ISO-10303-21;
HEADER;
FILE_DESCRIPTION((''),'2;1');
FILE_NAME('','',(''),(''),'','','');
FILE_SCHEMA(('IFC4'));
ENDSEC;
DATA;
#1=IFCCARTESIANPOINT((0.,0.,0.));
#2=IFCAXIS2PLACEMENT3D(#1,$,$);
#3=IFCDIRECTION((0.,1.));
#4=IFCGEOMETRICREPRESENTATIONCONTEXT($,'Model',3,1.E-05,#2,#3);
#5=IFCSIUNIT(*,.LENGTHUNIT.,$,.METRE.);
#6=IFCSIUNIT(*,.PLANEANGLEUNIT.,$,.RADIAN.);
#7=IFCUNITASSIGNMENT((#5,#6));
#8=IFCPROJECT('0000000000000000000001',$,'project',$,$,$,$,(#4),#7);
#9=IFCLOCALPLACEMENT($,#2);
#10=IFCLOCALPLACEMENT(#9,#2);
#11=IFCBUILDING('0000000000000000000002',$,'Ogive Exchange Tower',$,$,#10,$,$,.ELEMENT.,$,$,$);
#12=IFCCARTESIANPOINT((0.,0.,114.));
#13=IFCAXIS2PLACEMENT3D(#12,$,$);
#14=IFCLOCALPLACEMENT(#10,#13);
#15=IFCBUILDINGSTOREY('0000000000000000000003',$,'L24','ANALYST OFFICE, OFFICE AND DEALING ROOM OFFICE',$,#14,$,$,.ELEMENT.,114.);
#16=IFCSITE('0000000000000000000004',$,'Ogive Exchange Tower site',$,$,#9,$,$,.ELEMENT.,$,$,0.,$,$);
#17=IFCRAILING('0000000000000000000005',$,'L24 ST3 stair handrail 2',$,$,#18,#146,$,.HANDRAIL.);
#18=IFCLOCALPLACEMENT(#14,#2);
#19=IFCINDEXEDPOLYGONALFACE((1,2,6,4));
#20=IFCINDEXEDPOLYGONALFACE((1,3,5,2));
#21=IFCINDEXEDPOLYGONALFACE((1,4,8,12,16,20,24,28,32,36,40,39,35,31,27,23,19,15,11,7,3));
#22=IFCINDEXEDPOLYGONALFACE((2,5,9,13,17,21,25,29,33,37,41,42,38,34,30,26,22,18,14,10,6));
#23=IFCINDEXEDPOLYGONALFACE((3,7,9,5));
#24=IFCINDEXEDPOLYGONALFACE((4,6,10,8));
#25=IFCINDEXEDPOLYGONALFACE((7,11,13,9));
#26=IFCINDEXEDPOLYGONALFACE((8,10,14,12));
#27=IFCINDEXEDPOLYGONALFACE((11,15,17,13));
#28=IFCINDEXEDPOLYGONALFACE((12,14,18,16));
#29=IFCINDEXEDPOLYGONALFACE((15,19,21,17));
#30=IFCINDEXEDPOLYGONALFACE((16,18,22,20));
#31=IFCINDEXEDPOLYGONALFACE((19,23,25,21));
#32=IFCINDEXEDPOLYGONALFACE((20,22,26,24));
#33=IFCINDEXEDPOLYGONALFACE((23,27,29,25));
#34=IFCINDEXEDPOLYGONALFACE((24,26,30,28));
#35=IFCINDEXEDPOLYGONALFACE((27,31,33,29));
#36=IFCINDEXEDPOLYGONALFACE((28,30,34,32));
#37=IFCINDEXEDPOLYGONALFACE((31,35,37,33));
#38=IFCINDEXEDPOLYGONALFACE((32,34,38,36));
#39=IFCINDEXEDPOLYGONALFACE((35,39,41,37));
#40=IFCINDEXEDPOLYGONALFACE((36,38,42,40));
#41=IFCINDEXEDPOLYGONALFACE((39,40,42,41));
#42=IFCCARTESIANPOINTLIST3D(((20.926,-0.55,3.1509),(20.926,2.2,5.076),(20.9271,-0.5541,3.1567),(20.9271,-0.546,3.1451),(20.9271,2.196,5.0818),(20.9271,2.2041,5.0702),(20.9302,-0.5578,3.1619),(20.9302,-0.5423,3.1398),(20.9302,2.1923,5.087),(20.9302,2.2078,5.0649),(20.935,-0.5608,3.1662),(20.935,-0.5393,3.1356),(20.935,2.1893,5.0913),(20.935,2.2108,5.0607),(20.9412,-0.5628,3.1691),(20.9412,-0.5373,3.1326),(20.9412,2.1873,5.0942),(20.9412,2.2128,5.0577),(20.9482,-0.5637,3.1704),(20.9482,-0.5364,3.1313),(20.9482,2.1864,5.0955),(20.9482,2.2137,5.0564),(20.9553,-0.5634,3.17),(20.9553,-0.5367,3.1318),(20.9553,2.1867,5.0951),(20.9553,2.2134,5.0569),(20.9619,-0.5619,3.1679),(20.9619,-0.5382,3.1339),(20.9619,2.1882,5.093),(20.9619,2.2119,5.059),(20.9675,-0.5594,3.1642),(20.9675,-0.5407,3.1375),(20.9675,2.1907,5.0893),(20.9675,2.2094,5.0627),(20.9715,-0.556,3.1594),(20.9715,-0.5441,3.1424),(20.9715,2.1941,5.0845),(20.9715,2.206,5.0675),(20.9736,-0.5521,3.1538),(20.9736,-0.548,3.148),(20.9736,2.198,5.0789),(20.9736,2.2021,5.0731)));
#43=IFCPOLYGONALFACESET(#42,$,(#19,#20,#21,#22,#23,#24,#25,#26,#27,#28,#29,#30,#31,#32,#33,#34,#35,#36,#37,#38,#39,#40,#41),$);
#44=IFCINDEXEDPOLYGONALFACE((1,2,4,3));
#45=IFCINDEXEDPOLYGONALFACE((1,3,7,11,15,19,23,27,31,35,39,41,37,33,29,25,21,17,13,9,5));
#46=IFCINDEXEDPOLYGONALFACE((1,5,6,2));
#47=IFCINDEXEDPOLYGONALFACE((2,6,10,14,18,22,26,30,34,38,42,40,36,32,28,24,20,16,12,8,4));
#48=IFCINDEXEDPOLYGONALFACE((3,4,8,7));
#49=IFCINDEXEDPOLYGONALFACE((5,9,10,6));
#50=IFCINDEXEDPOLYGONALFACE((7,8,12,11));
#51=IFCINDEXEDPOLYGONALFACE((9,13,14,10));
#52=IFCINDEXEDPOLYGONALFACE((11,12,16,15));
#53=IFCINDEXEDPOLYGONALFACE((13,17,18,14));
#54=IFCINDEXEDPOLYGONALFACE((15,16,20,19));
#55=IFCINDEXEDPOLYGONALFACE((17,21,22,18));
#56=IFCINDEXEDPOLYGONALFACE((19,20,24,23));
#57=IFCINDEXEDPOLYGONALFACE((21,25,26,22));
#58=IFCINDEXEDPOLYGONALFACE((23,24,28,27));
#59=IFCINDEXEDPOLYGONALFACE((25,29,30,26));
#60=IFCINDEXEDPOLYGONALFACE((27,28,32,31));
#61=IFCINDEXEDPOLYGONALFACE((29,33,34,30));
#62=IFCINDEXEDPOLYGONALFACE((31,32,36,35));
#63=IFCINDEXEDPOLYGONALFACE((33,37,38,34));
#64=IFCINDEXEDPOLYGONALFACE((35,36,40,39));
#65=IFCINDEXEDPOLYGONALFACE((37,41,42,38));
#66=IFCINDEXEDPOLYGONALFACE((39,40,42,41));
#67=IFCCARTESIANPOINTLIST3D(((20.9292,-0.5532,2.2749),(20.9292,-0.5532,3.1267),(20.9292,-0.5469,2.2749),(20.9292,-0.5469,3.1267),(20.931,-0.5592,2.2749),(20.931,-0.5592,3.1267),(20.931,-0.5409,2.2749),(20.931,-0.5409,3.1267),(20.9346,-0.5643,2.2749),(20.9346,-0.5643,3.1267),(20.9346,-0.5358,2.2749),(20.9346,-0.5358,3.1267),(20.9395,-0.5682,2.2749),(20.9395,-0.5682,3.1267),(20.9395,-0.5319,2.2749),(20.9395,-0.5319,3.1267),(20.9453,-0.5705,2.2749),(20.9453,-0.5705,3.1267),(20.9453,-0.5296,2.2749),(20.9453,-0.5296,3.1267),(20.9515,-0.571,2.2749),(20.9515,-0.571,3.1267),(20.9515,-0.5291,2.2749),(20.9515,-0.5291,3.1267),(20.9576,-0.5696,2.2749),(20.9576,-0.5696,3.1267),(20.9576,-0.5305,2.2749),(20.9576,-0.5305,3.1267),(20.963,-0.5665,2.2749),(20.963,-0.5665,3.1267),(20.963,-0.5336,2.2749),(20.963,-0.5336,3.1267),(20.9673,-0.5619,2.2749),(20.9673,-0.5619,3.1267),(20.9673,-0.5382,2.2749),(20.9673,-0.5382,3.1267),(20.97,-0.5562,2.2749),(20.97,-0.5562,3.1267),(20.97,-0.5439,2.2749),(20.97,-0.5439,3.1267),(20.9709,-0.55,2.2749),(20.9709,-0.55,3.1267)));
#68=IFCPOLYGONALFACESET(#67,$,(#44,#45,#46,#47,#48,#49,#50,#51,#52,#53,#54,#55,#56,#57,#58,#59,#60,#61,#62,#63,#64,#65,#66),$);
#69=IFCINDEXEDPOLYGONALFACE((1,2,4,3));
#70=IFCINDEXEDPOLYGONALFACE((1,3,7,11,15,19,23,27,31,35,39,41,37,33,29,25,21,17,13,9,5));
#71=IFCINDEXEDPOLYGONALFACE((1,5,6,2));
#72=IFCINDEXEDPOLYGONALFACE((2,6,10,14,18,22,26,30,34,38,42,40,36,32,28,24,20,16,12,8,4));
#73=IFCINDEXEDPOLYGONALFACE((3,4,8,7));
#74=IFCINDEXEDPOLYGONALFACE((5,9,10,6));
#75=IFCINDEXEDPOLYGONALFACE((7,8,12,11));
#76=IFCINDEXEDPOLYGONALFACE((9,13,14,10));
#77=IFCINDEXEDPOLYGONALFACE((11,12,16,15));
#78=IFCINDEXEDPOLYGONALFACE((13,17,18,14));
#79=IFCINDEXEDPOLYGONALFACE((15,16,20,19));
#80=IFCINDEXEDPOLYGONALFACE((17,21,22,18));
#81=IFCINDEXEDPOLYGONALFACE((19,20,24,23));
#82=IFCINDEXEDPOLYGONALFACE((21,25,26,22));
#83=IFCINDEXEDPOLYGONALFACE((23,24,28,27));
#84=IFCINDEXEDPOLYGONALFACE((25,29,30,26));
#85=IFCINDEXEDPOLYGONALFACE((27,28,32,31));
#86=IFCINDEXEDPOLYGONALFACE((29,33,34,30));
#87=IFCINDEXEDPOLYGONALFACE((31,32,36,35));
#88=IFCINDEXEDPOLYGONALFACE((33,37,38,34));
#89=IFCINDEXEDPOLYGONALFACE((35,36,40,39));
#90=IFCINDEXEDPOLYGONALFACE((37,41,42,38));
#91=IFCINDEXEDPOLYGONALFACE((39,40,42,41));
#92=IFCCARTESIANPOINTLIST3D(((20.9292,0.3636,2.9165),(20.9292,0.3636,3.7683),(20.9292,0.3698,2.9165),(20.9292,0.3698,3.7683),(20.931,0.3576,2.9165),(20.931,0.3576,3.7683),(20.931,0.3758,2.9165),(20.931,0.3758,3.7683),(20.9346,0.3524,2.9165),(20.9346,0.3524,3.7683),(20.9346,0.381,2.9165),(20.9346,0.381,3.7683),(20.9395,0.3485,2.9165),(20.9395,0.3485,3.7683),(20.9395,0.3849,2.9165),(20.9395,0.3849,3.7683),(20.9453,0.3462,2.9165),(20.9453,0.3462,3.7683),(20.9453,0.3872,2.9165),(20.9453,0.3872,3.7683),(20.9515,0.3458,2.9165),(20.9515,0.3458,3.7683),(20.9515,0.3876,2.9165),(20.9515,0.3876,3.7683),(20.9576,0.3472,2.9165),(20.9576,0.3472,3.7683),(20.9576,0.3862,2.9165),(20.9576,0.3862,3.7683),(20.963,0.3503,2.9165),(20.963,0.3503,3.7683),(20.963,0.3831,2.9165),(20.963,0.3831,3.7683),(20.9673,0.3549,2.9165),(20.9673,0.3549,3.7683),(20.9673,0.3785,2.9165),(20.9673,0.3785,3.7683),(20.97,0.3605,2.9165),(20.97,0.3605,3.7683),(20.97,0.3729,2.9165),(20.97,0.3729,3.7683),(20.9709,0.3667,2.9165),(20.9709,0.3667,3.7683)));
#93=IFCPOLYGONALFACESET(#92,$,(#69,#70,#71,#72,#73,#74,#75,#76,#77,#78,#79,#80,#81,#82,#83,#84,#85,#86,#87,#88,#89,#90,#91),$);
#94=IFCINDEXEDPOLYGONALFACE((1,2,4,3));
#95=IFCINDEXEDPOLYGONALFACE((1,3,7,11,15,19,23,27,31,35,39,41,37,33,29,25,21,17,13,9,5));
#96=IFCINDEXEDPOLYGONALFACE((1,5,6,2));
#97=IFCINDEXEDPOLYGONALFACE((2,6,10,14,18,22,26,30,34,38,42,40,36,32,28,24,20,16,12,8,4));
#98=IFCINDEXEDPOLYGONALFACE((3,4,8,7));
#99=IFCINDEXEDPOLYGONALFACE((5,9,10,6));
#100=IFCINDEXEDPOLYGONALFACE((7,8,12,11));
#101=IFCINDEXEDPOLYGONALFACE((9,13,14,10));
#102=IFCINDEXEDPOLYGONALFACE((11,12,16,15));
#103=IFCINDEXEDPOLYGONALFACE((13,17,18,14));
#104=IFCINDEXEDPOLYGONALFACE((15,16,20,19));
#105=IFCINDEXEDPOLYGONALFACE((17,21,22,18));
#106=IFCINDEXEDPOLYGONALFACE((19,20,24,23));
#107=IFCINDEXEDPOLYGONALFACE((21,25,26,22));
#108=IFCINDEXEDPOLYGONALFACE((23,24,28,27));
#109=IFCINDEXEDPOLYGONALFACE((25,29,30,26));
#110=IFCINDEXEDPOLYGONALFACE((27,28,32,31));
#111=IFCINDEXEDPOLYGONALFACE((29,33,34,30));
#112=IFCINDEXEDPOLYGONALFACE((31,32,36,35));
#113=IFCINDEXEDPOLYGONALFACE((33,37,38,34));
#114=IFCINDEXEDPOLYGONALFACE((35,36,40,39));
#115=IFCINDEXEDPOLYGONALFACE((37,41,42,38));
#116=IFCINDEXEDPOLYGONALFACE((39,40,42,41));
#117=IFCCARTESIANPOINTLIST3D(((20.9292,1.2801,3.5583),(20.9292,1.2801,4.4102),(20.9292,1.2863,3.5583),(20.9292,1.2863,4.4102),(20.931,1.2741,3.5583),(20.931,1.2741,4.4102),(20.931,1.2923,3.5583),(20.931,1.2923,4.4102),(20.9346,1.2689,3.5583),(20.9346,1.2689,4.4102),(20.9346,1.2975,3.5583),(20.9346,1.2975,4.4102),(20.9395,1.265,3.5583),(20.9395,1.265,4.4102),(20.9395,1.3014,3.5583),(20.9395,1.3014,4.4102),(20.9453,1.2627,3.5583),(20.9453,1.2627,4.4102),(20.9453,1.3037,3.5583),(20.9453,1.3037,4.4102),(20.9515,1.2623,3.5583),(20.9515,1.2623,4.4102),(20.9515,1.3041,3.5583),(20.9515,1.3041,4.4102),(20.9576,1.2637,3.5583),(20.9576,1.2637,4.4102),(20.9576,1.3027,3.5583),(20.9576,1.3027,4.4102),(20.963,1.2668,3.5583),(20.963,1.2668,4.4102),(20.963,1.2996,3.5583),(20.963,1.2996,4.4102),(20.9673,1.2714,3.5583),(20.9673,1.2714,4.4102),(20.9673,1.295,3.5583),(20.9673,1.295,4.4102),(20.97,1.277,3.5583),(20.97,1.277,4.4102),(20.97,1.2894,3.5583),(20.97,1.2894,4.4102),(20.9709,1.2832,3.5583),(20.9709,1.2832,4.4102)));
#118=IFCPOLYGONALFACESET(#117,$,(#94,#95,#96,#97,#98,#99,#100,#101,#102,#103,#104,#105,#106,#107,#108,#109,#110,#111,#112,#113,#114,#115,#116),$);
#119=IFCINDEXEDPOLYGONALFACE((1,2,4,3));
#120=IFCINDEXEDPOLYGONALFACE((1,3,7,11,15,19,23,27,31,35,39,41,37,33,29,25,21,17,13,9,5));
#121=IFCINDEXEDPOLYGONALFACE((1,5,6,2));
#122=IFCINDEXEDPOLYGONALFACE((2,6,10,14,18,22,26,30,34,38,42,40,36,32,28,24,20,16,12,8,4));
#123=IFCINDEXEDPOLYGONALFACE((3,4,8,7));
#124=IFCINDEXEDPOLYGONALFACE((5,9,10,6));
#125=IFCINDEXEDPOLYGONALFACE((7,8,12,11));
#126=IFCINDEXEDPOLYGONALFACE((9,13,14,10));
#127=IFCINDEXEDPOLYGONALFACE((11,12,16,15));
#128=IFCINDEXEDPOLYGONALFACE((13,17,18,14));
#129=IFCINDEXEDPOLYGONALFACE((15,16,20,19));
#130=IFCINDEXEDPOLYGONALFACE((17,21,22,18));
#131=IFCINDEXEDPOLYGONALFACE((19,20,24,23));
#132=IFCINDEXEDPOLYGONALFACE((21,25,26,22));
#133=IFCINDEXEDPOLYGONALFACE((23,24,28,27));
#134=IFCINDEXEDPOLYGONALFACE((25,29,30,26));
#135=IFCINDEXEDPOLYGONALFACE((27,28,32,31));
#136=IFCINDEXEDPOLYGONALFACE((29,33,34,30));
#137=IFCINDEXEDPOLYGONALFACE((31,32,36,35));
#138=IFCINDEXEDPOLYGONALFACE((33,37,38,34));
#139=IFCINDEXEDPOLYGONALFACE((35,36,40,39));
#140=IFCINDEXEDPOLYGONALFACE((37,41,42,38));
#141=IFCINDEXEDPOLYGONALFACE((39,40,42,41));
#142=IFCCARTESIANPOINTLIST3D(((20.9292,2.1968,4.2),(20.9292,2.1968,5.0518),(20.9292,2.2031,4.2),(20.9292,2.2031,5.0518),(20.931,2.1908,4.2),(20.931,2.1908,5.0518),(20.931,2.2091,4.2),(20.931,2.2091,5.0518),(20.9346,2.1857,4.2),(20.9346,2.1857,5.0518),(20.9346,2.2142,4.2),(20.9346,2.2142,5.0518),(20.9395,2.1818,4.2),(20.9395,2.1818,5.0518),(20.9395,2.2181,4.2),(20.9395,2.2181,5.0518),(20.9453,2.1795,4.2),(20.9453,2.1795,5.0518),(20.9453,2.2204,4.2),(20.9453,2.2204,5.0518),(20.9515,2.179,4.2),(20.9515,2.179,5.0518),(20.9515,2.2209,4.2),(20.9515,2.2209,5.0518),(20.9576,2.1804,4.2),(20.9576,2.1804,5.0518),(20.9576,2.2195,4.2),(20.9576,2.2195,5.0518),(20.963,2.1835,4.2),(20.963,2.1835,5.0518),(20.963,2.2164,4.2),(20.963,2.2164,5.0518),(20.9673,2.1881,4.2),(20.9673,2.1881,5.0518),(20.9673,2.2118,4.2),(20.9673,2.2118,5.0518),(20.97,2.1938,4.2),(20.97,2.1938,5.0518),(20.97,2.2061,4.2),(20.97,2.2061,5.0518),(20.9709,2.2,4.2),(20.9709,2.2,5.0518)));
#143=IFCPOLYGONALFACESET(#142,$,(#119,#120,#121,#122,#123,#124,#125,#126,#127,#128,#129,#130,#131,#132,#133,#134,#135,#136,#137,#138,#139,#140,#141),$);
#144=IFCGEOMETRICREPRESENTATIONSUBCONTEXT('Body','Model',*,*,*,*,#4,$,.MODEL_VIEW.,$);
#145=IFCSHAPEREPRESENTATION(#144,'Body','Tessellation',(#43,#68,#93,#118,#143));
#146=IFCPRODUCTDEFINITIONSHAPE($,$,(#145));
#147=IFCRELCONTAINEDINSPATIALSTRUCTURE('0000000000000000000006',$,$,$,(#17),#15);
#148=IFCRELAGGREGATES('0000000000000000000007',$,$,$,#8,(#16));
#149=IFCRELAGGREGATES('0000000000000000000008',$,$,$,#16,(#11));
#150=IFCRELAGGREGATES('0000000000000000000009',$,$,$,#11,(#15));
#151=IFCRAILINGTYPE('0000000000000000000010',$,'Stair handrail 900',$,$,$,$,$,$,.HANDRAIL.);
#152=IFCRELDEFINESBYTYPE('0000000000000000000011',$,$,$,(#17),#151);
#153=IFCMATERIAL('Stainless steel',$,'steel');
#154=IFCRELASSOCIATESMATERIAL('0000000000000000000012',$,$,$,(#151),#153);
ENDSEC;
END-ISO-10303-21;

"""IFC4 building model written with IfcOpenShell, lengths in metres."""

from ifc_helpers import new_model, si_unit, direction, frame, origin, origin_2d, place, context, subcontext, project, spatial, circle, extrude, material, type_object, element, save


model = new_model("IFC4")

# Units and contexts
model_context = context("Model", 3, precision=1e-05, world=origin(), true_north=direction((0.0, 1.0)))
body_context = subcontext(model_context, "Body", "Model", "MODEL_VIEW")
ifc_project = project(units=[si_unit("LENGTHUNIT", "METRE"), si_unit("PLANEANGLEUNIT", "RADIAN")], contexts=[model_context])

# Site, building, storey
site_placement = place(None, origin())
site = spatial("IfcSite", under=ifc_project, at=site_placement, Name="Ogive Exchange Tower site", CompositionType="ELEMENT", RefElevation=0.0)
building_placement = place(site_placement, origin())
building = spatial("IfcBuilding", under=site, at=building_placement, Name="Ogive Exchange Tower", CompositionType="ELEMENT")
storey_placement = place(building_placement, frame((0.0, 0.0, 114.0)))
storey = spatial("IfcBuildingStorey", under=building, at=storey_placement, Name="L24", Description="ANALYST OFFICE, OFFICE AND DEALING ROOM OFFICE", CompositionType="ELEMENT", Elevation=114.0)

# Shared definitions
ifc_material_1 = material(Name="Stainless steel", Category="steel")

# Railing
railing_type = type_object("IfcRailingType", Name="Stair handrail 900", PredefinedType="HANDRAIL", material=ifc_material_1)
railing_1_placement = place(storey_placement, frame((20.95, -0.55, 2.2749)))
element("IfcRailing", 1, at=railing_1_placement, inside=storey, type_object=railing_type, Name="L24 ST3 stair handrail 2", PredefinedType="HANDRAIL", context=body_context, shape_type="SweptSolid", body=[
    extrude(circle(Radius=0.0239, at=origin_2d()), frame((0.0, 0.0, 0.876), z_axis=(0.0, 0.819225, 0.573472), x_axis=(-1.0, 0.0, 0.0)), (0.0, 0.0, 1.0), 3.3569),
    extrude(circle(Radius=0.021, at=origin_2d()), origin(), (0.0, 0.0, 1.0), 0.8518),
    extrude(circle(Radius=0.021, at=origin_2d()), frame((0.0, 0.9167, 0.6416)), (0.0, 0.0, 1.0), 0.8518),
    extrude(circle(Radius=0.021, at=origin_2d()), frame((0.0, 1.8333, 1.2834)), (0.0, 0.0, 1.0), 0.8518),
    extrude(circle(Radius=0.021, at=origin_2d()), frame((0.0, 2.75, 1.925)), (0.0, 0.0, 1.0), 0.8518),
])

save(model, "model.ifc")
